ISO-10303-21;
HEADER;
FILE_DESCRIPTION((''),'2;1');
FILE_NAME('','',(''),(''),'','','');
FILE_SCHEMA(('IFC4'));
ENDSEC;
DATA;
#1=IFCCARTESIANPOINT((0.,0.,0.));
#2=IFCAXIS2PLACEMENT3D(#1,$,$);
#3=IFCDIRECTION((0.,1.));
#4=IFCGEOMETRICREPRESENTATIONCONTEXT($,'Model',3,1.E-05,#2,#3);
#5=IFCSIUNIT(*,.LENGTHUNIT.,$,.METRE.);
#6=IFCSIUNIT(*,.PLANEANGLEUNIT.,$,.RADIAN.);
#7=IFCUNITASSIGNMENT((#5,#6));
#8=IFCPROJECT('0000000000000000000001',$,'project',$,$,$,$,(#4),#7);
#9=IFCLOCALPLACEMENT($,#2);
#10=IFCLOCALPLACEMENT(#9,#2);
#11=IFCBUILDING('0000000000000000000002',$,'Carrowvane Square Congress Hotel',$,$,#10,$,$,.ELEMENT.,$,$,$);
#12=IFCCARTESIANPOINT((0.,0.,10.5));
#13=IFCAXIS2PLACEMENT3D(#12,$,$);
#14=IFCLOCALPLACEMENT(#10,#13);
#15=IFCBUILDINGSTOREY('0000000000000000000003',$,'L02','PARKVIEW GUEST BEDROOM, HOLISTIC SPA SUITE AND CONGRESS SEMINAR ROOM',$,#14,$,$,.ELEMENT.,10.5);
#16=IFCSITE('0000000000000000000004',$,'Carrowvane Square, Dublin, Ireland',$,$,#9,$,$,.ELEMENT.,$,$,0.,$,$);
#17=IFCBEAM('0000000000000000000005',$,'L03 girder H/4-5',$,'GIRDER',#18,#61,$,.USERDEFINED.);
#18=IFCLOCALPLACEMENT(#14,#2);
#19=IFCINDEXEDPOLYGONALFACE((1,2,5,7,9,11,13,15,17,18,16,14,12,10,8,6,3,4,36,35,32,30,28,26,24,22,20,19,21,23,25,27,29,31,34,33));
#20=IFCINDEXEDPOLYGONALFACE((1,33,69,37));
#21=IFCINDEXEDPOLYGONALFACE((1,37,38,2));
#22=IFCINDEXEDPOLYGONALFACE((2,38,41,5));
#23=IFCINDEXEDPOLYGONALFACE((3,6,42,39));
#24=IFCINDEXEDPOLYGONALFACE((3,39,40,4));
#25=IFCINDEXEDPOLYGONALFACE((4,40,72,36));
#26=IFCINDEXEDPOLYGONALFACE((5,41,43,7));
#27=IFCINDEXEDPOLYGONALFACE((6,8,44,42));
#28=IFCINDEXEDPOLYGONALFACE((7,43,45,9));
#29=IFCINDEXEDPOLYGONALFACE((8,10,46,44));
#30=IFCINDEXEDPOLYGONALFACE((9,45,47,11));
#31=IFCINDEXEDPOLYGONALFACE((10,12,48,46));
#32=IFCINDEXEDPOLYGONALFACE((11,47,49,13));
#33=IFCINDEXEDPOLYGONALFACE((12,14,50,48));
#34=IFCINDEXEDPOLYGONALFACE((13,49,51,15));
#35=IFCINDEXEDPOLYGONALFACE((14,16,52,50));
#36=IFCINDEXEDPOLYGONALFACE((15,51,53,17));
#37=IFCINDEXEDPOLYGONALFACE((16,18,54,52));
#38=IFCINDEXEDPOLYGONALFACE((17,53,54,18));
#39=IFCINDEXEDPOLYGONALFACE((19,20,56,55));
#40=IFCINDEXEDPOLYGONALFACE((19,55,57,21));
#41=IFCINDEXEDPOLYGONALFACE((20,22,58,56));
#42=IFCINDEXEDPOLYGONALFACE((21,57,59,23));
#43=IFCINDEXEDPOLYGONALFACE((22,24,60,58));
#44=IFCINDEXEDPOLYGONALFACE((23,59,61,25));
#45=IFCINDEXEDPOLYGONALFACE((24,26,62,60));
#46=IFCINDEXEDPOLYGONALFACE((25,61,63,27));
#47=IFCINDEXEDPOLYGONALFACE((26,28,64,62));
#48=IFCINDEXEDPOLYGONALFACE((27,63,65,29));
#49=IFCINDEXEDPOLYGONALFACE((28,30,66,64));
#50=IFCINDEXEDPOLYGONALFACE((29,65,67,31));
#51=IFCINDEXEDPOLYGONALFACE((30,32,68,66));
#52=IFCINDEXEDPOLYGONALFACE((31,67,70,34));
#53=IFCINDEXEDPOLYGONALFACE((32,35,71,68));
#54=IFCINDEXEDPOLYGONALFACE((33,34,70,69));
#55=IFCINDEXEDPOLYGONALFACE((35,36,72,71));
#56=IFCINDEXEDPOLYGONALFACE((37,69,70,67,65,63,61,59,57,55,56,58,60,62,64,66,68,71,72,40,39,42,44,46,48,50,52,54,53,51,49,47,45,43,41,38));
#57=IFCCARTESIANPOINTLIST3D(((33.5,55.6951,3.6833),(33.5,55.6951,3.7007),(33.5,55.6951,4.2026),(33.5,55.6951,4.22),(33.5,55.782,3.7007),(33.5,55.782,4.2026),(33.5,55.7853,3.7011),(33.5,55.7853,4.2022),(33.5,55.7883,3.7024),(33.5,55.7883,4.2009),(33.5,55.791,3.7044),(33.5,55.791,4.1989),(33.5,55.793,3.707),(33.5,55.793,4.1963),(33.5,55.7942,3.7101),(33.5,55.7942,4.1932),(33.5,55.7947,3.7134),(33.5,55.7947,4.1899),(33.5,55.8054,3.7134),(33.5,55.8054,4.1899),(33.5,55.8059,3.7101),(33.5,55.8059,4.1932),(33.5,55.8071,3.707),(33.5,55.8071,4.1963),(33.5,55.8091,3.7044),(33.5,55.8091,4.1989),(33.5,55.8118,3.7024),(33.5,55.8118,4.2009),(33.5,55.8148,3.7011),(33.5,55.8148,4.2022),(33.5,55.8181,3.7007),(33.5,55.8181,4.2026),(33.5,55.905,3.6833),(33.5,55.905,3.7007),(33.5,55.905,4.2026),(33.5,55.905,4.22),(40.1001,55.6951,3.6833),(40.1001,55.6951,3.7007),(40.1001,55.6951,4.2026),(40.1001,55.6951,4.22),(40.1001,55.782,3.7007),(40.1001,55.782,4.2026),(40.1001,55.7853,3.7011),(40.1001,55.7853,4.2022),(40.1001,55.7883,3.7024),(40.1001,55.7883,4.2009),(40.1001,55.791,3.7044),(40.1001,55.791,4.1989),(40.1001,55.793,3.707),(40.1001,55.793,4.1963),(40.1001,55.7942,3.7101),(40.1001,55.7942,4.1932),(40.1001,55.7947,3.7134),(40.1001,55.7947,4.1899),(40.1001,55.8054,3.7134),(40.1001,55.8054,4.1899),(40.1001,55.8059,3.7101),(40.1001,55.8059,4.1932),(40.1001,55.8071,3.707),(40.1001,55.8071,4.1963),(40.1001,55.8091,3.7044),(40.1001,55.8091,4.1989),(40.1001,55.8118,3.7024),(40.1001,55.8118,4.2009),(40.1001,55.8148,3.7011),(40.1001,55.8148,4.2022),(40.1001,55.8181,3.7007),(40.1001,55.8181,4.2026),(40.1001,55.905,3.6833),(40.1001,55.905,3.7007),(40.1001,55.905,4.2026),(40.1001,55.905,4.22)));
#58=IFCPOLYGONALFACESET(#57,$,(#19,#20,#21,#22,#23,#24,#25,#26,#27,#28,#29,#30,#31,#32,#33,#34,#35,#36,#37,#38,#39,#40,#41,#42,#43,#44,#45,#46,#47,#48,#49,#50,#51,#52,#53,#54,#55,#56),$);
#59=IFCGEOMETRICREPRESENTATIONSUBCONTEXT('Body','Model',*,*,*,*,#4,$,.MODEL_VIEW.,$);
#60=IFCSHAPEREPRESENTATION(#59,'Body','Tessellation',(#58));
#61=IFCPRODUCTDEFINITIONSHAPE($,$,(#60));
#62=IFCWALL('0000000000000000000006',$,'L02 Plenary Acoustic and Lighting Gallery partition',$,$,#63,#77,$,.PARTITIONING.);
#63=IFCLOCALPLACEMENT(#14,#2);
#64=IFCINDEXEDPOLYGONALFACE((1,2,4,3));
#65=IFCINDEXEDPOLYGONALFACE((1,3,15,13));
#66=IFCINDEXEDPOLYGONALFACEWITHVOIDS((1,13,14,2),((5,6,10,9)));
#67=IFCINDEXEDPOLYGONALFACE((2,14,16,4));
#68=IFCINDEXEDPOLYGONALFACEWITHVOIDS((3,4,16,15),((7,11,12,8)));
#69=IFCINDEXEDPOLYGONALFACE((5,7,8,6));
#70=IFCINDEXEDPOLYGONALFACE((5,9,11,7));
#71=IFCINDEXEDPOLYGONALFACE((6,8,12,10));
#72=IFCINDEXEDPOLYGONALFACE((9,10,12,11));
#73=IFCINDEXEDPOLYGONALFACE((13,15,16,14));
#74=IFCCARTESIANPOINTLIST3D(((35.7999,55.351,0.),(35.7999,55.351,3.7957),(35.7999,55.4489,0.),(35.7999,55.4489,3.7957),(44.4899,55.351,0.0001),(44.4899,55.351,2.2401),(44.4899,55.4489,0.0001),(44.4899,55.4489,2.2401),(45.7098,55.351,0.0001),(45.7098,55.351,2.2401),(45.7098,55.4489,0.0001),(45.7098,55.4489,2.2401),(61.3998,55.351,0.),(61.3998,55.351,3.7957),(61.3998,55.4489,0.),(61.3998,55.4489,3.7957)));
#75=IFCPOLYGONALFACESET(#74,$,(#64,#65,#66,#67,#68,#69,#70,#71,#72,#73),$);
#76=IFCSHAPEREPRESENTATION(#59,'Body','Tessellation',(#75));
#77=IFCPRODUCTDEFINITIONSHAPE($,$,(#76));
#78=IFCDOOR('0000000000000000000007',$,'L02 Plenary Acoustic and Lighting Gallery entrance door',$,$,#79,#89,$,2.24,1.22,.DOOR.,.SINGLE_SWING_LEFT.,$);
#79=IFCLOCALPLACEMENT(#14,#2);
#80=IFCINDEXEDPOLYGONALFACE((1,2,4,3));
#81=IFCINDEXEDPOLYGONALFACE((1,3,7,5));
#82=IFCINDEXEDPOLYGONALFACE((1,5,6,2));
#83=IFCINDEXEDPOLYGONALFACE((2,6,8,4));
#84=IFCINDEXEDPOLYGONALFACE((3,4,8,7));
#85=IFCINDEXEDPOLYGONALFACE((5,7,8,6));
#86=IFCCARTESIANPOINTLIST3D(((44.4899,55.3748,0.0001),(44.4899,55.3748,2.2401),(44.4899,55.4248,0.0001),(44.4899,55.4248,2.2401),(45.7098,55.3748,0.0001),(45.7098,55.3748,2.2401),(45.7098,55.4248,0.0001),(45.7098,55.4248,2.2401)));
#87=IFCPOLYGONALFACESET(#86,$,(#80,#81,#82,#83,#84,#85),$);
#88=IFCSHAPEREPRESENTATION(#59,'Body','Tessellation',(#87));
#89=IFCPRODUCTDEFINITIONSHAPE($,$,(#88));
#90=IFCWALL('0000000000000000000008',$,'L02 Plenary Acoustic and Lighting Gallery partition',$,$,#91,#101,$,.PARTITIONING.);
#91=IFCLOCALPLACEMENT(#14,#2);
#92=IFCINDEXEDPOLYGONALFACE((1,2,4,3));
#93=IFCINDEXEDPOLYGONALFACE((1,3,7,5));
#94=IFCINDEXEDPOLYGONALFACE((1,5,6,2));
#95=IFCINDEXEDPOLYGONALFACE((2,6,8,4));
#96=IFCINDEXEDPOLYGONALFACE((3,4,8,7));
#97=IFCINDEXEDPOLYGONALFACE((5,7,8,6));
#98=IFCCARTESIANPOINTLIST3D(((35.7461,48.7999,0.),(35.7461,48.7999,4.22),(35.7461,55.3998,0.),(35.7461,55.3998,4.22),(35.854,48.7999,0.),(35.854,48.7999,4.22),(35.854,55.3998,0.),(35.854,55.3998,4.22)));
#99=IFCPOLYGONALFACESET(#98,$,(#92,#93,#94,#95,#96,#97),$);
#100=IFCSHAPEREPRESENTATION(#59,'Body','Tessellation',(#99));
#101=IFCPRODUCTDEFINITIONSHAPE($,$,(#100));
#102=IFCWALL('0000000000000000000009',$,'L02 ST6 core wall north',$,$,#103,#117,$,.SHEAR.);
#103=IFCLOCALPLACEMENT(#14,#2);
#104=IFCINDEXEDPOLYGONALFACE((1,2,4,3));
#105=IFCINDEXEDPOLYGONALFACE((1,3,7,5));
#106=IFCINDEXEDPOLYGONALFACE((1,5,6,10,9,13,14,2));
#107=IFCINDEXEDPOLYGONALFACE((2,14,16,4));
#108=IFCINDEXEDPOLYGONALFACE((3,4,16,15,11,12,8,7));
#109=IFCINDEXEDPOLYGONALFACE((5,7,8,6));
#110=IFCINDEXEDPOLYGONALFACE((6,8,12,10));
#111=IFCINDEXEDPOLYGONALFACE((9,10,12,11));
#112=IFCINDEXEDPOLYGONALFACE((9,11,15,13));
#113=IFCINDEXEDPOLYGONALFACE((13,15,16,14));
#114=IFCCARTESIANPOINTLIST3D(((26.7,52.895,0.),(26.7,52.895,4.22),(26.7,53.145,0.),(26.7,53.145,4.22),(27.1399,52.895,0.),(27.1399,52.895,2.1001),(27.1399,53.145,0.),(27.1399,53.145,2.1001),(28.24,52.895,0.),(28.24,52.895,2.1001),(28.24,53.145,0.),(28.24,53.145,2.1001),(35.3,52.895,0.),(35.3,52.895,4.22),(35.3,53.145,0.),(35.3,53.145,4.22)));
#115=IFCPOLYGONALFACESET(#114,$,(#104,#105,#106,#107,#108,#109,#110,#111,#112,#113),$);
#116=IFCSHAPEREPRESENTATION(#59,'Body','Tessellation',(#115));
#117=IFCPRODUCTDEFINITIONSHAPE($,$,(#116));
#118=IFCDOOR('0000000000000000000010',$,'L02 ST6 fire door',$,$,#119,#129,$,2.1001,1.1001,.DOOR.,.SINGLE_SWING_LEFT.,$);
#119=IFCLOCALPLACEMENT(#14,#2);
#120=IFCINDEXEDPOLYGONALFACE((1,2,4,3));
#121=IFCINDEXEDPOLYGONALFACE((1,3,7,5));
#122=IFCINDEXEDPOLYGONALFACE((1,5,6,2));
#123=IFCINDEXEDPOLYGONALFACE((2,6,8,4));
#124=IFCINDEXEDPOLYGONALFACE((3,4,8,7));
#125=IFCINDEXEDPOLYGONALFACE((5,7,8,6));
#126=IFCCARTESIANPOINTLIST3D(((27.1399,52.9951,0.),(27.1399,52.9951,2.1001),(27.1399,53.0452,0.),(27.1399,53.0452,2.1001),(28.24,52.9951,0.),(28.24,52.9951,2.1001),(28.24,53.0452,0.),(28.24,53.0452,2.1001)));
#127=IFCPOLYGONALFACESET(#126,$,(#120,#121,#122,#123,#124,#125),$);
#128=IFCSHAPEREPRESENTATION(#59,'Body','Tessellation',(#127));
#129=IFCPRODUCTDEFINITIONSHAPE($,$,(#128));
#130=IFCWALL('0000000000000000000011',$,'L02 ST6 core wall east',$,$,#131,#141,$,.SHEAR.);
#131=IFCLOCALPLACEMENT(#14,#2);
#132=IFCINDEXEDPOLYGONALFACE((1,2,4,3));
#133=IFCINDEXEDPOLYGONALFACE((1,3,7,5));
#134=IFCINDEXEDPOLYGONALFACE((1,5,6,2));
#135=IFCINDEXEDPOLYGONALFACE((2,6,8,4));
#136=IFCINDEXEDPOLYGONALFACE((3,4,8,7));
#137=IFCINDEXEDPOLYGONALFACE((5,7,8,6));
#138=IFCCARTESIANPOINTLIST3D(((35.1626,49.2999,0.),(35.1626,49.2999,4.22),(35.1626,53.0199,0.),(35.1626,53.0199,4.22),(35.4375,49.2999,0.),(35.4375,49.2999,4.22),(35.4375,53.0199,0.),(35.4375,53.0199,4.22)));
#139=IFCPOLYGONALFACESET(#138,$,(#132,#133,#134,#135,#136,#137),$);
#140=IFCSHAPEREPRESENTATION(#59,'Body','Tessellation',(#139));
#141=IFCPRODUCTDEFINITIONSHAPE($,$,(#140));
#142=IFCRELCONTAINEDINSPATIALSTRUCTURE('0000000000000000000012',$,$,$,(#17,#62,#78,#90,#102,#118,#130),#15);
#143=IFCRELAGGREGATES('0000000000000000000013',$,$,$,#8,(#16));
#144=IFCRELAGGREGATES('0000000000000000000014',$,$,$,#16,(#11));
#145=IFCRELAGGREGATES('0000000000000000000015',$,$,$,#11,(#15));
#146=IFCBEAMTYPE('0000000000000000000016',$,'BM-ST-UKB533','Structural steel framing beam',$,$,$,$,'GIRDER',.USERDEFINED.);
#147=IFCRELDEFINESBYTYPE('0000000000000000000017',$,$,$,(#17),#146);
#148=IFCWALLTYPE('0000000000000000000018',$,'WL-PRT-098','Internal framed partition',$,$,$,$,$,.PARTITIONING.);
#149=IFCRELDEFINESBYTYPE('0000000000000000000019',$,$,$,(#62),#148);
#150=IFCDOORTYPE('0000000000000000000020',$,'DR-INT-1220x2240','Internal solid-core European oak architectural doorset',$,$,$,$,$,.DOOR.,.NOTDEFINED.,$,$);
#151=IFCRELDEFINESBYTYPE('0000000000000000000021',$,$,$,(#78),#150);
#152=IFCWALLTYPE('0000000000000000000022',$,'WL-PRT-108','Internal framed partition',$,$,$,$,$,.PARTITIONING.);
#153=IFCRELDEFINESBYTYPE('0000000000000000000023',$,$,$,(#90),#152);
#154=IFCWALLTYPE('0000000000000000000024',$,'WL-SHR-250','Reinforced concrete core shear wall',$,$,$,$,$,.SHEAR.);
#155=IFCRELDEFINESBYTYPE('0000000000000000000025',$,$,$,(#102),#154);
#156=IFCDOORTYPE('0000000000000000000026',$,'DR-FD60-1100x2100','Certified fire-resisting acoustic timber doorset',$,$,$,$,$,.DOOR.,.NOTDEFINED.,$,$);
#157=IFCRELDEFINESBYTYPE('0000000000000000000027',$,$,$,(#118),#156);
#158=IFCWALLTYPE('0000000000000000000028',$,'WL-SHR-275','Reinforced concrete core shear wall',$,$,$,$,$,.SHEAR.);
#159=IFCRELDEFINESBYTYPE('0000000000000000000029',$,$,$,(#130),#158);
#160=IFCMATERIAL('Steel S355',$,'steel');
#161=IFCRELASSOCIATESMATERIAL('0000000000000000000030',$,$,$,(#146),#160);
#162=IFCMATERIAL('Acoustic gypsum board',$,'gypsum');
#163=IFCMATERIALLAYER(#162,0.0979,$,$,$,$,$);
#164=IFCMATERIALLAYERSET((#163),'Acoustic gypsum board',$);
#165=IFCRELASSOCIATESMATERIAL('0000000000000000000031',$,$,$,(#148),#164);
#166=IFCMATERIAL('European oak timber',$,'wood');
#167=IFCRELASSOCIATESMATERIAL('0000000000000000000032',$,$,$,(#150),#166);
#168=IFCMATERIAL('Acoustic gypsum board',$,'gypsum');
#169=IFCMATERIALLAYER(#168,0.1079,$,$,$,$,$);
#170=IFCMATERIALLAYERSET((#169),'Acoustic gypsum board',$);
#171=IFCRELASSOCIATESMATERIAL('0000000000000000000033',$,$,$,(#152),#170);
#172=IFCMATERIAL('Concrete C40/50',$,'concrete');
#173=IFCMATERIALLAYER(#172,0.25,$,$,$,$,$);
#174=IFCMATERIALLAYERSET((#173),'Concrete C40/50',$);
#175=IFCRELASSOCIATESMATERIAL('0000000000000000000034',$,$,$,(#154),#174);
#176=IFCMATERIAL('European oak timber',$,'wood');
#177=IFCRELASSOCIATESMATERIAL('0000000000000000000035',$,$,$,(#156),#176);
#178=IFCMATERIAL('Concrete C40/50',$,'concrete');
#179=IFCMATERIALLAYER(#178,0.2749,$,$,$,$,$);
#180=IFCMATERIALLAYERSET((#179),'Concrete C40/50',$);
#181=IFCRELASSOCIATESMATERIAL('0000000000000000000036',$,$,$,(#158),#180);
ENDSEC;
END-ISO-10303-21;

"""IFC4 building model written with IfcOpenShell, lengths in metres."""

from ifc_helpers import new_model, si_unit, direction, frame, frame_2d, origin, origin_2d, place, context, subcontext, project, spatial, rectangle, i_section, extrude, material, layer, layer_set, material_profile, profile_set, type_object, element, fill, save


model = new_model("IFC4")

# Units and contexts
model_context = context("Model", 3, precision=1e-05, world=origin(), true_north=direction((0.0, 1.0)))
body_context = subcontext(model_context, "Body", "Model", "MODEL_VIEW")
ifc_project = project(units=[si_unit("LENGTHUNIT", "METRE"), si_unit("PLANEANGLEUNIT", "RADIAN")], contexts=[model_context])

# Site, building, storey
site_placement = place(None, origin())
site = spatial("IfcSite", under=ifc_project, at=site_placement, Name="Carrowvane Square, Dublin, Ireland", CompositionType="ELEMENT", RefElevation=0.0)
building_placement = place(site_placement, origin())
building = spatial("IfcBuilding", under=site, at=building_placement, Name="Carrowvane Square Congress Hotel", CompositionType="ELEMENT")
storey_placement = place(building_placement, frame((0.0, 0.0, 10.5)))
storey = spatial("IfcBuildingStorey", under=building, at=storey_placement, Name="L02", Description="PARKVIEW GUEST BEDROOM, HOLISTIC SPA SUITE AND CONGRESS SEMINAR ROOM", CompositionType="ELEMENT", Elevation=10.5)

# Beam
ifc_material_1 = material(Name="Steel S355", Category="steel")
ifc_material_profile_1 = material_profile(ifc_material_1, i_section(OverallWidth=0.21, OverallDepth=0.5366, WebThickness=0.0107, FlangeThickness=0.0173, FilletRadius=0.0127, at=origin_2d()), Name="UKB 533x210x101")
ifc_profile_set_1 = profile_set([ifc_material_profile_1], Name="Steel S355")
beam_type_1 = type_object("IfcBeamType", Name="BM-ST-UKB533", Description="Structural steel framing beam", ElementType="GIRDER", PredefinedType="USERDEFINED", material=ifc_profile_set_1)
for number, where, z_axis, x_axis, name in (
    (1, (33.5, 55.8, 3.9517), (1.0, 0.0, 0.0), (0.0, 1.0, 0.0), "L03 girder H/4-5"),
):
    element("IfcBeam", number, at=place(storey_placement, frame(where, z_axis=z_axis, x_axis=x_axis)), inside=storey, type_object=beam_type_1, Name=name, ObjectType="GIRDER", PredefinedType="USERDEFINED", context=body_context, shape_type="SweptSolid", body=[
        extrude(i_section(OverallWidth=0.21, OverallDepth=0.5366, WebThickness=0.0107, FlangeThickness=0.0173, FilletRadius=0.0127, at=origin_2d()), origin(), (0.0, 0.0, 1.0), 6.6001),
    ])

# Wall, opening, door
ifc_material_2 = material(Name="Acoustic gypsum board", Category="gypsum")
ifc_layer_1 = layer(ifc_material_2, 0.0979)
ifc_layer_set_1 = layer_set([ifc_layer_1], Name="Acoustic gypsum board")
wall_type_1 = type_object("IfcWallType", Name="WL-PRT-098", Description="Internal framed partition", PredefinedType="PARTITIONING", material=ifc_layer_set_1)
wall_1_placement = place(storey_placement, frame((35.8, 55.3999, 0.0), z_axis=(0.0, 0.0, 1.0), x_axis=(1.0, 0.0, 0.0)))
wall_1 = element("IfcWall", 2, at=wall_1_placement, inside=storey, type_object=wall_type_1, Name="L02 Plenary Acoustic and Lighting Gallery partition", PredefinedType="PARTITIONING", context=body_context, shape_type="SweptSolid", body=[
    extrude(rectangle(XDim=25.5999, YDim=0.0979, at=frame_2d((12.7998, 0.0))), origin(), (0.0, 0.0, 1.0), 3.7957),
])
opening_1_placement = place(wall_1_placement, frame((8.6899, 0.0, 0.0)))
opening_1 = element("IfcOpeningElement", 3, at=opening_1_placement, cuts=wall_1, PredefinedType="OPENING", context=body_context, shape_type="SweptSolid", body=[
    extrude(rectangle(XDim=1.22, YDim=2.24, at=frame_2d((0.6099, 1.1201))), frame((0.0, 0.0588, 0.0), z_axis=(0.0, -1.0, 0.0), x_axis=(1.0, 0.0, 0.0)), (0.0, 0.0, 1.0), 0.1179),
])
ifc_material_3 = material(Name="European oak timber", Category="wood")
door_type_1 = type_object("IfcDoorType", Name="DR-INT-1220x2240", Description="Internal solid-core European oak architectural doorset", OperationType="NOTDEFINED", PredefinedType="DOOR", material=ifc_material_3)
door_1_placement = place(opening_1_placement, origin())
door_1 = element("IfcDoor", 4, at=door_1_placement, inside=storey, type_object=door_type_1, Name="L02 Plenary Acoustic and Lighting Gallery entrance door", OperationType="SINGLE_SWING_LEFT", OverallHeight=2.24, OverallWidth=1.22, PredefinedType="DOOR", context=body_context, shape_type="SweptSolid", body=[
    extrude(rectangle(XDim=1.22, YDim=2.24, at=frame_2d((0.6099, 1.1201))), frame((0.0, 0.0249, 0.0), z_axis=(0.0, -1.0, 0.0), x_axis=(1.0, 0.0, 0.0)), (0.0, 0.0, 1.0), 0.05),
])
fill(opening_1, door_1)

# Wall
ifc_material_4 = material(Name="Acoustic gypsum board", Category="gypsum")
ifc_layer_2 = layer(ifc_material_4, 0.1079)
ifc_layer_set_2 = layer_set([ifc_layer_2], Name="Acoustic gypsum board")
wall_type_2 = type_object("IfcWallType", Name="WL-PRT-108", Description="Internal framed partition", PredefinedType="PARTITIONING", material=ifc_layer_set_2)
wall_2_placement = place(storey_placement, frame((35.8, 48.8, 0.0), z_axis=(0.0, 0.0, 1.0), x_axis=(0.0, 1.0, 0.0)))
element("IfcWall", 5, at=wall_2_placement, inside=storey, type_object=wall_type_2, Name="L02 Plenary Acoustic and Lighting Gallery partition", PredefinedType="PARTITIONING", context=body_context, shape_type="SweptSolid", body=[
    extrude(rectangle(XDim=6.5999, YDim=0.1079, at=frame_2d((3.2998, 0.0))), origin(), (0.0, 0.0, 1.0), 4.22),
])

# Wall, opening, door
ifc_material_5 = material(Name="Concrete C40/50", Category="concrete")
ifc_layer_3 = layer(ifc_material_5, 0.25)
ifc_layer_set_3 = layer_set([ifc_layer_3], Name="Concrete C40/50")
wall_type_3 = type_object("IfcWallType", Name="WL-SHR-250", Description="Reinforced concrete core shear wall", PredefinedType="SHEAR", material=ifc_layer_set_3)
wall_3_placement = place(storey_placement, frame((35.3, 53.02, 0.0), z_axis=(0.0, 0.0, 1.0), x_axis=(-1.0, 0.0, 0.0)))
wall_3 = element("IfcWall", 6, at=wall_3_placement, inside=storey, type_object=wall_type_3, Name="L02 ST6 core wall north", PredefinedType="SHEAR", context=body_context, shape_type="SweptSolid", body=[
    extrude(rectangle(XDim=8.6001, YDim=0.25, at=frame_2d((4.3, 0.0))), origin(), (0.0, 0.0, 1.0), 4.22),
])
opening_2_placement = place(wall_3_placement, frame((7.0601, 0.0, 0.0)))
opening_2 = element("IfcOpeningElement", 7, at=opening_2_placement, cuts=wall_3, PredefinedType="OPENING", context=body_context, shape_type="SweptSolid", body=[
    extrude(rectangle(XDim=1.1001, YDim=2.1001, at=frame_2d((0.55, 1.05))), frame((0.0, 0.135, 0.0), z_axis=(0.0, -1.0, 0.0), x_axis=(1.0, 0.0, 0.0)), (0.0, 0.0, 1.0), 0.27),
])
ifc_material_6 = material(Name="European oak timber", Category="wood")
door_type_2 = type_object("IfcDoorType", Name="DR-FD60-1100x2100", Description="Certified fire-resisting acoustic timber doorset", OperationType="NOTDEFINED", PredefinedType="DOOR", material=ifc_material_6)
door_2_placement = place(opening_2_placement, origin())
door_2 = element("IfcDoor", 8, at=door_2_placement, inside=storey, type_object=door_type_2, Name="L02 ST6 fire door", OperationType="SINGLE_SWING_LEFT", OverallHeight=2.1001, OverallWidth=1.1001, PredefinedType="DOOR", context=body_context, shape_type="SweptSolid", body=[
    extrude(rectangle(XDim=1.1001, YDim=2.1001, at=frame_2d((0.55, 1.05))), frame((0.0, 0.0249, 0.0), z_axis=(0.0, -1.0, 0.0), x_axis=(1.0, 0.0, 0.0)), (0.0, 0.0, 1.0), 0.05),
])
fill(opening_2, door_2)

# Wall
ifc_material_7 = material(Name="Concrete C40/50", Category="concrete")
ifc_layer_4 = layer(ifc_material_7, 0.2749)
ifc_layer_set_4 = layer_set([ifc_layer_4], Name="Concrete C40/50")
wall_type_4 = type_object("IfcWallType", Name="WL-SHR-275", Description="Reinforced concrete core shear wall", PredefinedType="SHEAR", material=ifc_layer_set_4)
wall_4_placement = place(storey_placement, frame((35.3, 49.3, 0.0), z_axis=(0.0, 0.0, 1.0), x_axis=(0.0, 1.0, 0.0)))
element("IfcWall", 9, at=wall_4_placement, inside=storey, type_object=wall_type_4, Name="L02 ST6 core wall east", PredefinedType="SHEAR", context=body_context, shape_type="SweptSolid", body=[
    extrude(rectangle(XDim=3.72, YDim=0.2749, at=frame_2d((1.8599, 0.0))), origin(), (0.0, 0.0, 1.0), 4.22),
])

save(model, "model.ifc")
